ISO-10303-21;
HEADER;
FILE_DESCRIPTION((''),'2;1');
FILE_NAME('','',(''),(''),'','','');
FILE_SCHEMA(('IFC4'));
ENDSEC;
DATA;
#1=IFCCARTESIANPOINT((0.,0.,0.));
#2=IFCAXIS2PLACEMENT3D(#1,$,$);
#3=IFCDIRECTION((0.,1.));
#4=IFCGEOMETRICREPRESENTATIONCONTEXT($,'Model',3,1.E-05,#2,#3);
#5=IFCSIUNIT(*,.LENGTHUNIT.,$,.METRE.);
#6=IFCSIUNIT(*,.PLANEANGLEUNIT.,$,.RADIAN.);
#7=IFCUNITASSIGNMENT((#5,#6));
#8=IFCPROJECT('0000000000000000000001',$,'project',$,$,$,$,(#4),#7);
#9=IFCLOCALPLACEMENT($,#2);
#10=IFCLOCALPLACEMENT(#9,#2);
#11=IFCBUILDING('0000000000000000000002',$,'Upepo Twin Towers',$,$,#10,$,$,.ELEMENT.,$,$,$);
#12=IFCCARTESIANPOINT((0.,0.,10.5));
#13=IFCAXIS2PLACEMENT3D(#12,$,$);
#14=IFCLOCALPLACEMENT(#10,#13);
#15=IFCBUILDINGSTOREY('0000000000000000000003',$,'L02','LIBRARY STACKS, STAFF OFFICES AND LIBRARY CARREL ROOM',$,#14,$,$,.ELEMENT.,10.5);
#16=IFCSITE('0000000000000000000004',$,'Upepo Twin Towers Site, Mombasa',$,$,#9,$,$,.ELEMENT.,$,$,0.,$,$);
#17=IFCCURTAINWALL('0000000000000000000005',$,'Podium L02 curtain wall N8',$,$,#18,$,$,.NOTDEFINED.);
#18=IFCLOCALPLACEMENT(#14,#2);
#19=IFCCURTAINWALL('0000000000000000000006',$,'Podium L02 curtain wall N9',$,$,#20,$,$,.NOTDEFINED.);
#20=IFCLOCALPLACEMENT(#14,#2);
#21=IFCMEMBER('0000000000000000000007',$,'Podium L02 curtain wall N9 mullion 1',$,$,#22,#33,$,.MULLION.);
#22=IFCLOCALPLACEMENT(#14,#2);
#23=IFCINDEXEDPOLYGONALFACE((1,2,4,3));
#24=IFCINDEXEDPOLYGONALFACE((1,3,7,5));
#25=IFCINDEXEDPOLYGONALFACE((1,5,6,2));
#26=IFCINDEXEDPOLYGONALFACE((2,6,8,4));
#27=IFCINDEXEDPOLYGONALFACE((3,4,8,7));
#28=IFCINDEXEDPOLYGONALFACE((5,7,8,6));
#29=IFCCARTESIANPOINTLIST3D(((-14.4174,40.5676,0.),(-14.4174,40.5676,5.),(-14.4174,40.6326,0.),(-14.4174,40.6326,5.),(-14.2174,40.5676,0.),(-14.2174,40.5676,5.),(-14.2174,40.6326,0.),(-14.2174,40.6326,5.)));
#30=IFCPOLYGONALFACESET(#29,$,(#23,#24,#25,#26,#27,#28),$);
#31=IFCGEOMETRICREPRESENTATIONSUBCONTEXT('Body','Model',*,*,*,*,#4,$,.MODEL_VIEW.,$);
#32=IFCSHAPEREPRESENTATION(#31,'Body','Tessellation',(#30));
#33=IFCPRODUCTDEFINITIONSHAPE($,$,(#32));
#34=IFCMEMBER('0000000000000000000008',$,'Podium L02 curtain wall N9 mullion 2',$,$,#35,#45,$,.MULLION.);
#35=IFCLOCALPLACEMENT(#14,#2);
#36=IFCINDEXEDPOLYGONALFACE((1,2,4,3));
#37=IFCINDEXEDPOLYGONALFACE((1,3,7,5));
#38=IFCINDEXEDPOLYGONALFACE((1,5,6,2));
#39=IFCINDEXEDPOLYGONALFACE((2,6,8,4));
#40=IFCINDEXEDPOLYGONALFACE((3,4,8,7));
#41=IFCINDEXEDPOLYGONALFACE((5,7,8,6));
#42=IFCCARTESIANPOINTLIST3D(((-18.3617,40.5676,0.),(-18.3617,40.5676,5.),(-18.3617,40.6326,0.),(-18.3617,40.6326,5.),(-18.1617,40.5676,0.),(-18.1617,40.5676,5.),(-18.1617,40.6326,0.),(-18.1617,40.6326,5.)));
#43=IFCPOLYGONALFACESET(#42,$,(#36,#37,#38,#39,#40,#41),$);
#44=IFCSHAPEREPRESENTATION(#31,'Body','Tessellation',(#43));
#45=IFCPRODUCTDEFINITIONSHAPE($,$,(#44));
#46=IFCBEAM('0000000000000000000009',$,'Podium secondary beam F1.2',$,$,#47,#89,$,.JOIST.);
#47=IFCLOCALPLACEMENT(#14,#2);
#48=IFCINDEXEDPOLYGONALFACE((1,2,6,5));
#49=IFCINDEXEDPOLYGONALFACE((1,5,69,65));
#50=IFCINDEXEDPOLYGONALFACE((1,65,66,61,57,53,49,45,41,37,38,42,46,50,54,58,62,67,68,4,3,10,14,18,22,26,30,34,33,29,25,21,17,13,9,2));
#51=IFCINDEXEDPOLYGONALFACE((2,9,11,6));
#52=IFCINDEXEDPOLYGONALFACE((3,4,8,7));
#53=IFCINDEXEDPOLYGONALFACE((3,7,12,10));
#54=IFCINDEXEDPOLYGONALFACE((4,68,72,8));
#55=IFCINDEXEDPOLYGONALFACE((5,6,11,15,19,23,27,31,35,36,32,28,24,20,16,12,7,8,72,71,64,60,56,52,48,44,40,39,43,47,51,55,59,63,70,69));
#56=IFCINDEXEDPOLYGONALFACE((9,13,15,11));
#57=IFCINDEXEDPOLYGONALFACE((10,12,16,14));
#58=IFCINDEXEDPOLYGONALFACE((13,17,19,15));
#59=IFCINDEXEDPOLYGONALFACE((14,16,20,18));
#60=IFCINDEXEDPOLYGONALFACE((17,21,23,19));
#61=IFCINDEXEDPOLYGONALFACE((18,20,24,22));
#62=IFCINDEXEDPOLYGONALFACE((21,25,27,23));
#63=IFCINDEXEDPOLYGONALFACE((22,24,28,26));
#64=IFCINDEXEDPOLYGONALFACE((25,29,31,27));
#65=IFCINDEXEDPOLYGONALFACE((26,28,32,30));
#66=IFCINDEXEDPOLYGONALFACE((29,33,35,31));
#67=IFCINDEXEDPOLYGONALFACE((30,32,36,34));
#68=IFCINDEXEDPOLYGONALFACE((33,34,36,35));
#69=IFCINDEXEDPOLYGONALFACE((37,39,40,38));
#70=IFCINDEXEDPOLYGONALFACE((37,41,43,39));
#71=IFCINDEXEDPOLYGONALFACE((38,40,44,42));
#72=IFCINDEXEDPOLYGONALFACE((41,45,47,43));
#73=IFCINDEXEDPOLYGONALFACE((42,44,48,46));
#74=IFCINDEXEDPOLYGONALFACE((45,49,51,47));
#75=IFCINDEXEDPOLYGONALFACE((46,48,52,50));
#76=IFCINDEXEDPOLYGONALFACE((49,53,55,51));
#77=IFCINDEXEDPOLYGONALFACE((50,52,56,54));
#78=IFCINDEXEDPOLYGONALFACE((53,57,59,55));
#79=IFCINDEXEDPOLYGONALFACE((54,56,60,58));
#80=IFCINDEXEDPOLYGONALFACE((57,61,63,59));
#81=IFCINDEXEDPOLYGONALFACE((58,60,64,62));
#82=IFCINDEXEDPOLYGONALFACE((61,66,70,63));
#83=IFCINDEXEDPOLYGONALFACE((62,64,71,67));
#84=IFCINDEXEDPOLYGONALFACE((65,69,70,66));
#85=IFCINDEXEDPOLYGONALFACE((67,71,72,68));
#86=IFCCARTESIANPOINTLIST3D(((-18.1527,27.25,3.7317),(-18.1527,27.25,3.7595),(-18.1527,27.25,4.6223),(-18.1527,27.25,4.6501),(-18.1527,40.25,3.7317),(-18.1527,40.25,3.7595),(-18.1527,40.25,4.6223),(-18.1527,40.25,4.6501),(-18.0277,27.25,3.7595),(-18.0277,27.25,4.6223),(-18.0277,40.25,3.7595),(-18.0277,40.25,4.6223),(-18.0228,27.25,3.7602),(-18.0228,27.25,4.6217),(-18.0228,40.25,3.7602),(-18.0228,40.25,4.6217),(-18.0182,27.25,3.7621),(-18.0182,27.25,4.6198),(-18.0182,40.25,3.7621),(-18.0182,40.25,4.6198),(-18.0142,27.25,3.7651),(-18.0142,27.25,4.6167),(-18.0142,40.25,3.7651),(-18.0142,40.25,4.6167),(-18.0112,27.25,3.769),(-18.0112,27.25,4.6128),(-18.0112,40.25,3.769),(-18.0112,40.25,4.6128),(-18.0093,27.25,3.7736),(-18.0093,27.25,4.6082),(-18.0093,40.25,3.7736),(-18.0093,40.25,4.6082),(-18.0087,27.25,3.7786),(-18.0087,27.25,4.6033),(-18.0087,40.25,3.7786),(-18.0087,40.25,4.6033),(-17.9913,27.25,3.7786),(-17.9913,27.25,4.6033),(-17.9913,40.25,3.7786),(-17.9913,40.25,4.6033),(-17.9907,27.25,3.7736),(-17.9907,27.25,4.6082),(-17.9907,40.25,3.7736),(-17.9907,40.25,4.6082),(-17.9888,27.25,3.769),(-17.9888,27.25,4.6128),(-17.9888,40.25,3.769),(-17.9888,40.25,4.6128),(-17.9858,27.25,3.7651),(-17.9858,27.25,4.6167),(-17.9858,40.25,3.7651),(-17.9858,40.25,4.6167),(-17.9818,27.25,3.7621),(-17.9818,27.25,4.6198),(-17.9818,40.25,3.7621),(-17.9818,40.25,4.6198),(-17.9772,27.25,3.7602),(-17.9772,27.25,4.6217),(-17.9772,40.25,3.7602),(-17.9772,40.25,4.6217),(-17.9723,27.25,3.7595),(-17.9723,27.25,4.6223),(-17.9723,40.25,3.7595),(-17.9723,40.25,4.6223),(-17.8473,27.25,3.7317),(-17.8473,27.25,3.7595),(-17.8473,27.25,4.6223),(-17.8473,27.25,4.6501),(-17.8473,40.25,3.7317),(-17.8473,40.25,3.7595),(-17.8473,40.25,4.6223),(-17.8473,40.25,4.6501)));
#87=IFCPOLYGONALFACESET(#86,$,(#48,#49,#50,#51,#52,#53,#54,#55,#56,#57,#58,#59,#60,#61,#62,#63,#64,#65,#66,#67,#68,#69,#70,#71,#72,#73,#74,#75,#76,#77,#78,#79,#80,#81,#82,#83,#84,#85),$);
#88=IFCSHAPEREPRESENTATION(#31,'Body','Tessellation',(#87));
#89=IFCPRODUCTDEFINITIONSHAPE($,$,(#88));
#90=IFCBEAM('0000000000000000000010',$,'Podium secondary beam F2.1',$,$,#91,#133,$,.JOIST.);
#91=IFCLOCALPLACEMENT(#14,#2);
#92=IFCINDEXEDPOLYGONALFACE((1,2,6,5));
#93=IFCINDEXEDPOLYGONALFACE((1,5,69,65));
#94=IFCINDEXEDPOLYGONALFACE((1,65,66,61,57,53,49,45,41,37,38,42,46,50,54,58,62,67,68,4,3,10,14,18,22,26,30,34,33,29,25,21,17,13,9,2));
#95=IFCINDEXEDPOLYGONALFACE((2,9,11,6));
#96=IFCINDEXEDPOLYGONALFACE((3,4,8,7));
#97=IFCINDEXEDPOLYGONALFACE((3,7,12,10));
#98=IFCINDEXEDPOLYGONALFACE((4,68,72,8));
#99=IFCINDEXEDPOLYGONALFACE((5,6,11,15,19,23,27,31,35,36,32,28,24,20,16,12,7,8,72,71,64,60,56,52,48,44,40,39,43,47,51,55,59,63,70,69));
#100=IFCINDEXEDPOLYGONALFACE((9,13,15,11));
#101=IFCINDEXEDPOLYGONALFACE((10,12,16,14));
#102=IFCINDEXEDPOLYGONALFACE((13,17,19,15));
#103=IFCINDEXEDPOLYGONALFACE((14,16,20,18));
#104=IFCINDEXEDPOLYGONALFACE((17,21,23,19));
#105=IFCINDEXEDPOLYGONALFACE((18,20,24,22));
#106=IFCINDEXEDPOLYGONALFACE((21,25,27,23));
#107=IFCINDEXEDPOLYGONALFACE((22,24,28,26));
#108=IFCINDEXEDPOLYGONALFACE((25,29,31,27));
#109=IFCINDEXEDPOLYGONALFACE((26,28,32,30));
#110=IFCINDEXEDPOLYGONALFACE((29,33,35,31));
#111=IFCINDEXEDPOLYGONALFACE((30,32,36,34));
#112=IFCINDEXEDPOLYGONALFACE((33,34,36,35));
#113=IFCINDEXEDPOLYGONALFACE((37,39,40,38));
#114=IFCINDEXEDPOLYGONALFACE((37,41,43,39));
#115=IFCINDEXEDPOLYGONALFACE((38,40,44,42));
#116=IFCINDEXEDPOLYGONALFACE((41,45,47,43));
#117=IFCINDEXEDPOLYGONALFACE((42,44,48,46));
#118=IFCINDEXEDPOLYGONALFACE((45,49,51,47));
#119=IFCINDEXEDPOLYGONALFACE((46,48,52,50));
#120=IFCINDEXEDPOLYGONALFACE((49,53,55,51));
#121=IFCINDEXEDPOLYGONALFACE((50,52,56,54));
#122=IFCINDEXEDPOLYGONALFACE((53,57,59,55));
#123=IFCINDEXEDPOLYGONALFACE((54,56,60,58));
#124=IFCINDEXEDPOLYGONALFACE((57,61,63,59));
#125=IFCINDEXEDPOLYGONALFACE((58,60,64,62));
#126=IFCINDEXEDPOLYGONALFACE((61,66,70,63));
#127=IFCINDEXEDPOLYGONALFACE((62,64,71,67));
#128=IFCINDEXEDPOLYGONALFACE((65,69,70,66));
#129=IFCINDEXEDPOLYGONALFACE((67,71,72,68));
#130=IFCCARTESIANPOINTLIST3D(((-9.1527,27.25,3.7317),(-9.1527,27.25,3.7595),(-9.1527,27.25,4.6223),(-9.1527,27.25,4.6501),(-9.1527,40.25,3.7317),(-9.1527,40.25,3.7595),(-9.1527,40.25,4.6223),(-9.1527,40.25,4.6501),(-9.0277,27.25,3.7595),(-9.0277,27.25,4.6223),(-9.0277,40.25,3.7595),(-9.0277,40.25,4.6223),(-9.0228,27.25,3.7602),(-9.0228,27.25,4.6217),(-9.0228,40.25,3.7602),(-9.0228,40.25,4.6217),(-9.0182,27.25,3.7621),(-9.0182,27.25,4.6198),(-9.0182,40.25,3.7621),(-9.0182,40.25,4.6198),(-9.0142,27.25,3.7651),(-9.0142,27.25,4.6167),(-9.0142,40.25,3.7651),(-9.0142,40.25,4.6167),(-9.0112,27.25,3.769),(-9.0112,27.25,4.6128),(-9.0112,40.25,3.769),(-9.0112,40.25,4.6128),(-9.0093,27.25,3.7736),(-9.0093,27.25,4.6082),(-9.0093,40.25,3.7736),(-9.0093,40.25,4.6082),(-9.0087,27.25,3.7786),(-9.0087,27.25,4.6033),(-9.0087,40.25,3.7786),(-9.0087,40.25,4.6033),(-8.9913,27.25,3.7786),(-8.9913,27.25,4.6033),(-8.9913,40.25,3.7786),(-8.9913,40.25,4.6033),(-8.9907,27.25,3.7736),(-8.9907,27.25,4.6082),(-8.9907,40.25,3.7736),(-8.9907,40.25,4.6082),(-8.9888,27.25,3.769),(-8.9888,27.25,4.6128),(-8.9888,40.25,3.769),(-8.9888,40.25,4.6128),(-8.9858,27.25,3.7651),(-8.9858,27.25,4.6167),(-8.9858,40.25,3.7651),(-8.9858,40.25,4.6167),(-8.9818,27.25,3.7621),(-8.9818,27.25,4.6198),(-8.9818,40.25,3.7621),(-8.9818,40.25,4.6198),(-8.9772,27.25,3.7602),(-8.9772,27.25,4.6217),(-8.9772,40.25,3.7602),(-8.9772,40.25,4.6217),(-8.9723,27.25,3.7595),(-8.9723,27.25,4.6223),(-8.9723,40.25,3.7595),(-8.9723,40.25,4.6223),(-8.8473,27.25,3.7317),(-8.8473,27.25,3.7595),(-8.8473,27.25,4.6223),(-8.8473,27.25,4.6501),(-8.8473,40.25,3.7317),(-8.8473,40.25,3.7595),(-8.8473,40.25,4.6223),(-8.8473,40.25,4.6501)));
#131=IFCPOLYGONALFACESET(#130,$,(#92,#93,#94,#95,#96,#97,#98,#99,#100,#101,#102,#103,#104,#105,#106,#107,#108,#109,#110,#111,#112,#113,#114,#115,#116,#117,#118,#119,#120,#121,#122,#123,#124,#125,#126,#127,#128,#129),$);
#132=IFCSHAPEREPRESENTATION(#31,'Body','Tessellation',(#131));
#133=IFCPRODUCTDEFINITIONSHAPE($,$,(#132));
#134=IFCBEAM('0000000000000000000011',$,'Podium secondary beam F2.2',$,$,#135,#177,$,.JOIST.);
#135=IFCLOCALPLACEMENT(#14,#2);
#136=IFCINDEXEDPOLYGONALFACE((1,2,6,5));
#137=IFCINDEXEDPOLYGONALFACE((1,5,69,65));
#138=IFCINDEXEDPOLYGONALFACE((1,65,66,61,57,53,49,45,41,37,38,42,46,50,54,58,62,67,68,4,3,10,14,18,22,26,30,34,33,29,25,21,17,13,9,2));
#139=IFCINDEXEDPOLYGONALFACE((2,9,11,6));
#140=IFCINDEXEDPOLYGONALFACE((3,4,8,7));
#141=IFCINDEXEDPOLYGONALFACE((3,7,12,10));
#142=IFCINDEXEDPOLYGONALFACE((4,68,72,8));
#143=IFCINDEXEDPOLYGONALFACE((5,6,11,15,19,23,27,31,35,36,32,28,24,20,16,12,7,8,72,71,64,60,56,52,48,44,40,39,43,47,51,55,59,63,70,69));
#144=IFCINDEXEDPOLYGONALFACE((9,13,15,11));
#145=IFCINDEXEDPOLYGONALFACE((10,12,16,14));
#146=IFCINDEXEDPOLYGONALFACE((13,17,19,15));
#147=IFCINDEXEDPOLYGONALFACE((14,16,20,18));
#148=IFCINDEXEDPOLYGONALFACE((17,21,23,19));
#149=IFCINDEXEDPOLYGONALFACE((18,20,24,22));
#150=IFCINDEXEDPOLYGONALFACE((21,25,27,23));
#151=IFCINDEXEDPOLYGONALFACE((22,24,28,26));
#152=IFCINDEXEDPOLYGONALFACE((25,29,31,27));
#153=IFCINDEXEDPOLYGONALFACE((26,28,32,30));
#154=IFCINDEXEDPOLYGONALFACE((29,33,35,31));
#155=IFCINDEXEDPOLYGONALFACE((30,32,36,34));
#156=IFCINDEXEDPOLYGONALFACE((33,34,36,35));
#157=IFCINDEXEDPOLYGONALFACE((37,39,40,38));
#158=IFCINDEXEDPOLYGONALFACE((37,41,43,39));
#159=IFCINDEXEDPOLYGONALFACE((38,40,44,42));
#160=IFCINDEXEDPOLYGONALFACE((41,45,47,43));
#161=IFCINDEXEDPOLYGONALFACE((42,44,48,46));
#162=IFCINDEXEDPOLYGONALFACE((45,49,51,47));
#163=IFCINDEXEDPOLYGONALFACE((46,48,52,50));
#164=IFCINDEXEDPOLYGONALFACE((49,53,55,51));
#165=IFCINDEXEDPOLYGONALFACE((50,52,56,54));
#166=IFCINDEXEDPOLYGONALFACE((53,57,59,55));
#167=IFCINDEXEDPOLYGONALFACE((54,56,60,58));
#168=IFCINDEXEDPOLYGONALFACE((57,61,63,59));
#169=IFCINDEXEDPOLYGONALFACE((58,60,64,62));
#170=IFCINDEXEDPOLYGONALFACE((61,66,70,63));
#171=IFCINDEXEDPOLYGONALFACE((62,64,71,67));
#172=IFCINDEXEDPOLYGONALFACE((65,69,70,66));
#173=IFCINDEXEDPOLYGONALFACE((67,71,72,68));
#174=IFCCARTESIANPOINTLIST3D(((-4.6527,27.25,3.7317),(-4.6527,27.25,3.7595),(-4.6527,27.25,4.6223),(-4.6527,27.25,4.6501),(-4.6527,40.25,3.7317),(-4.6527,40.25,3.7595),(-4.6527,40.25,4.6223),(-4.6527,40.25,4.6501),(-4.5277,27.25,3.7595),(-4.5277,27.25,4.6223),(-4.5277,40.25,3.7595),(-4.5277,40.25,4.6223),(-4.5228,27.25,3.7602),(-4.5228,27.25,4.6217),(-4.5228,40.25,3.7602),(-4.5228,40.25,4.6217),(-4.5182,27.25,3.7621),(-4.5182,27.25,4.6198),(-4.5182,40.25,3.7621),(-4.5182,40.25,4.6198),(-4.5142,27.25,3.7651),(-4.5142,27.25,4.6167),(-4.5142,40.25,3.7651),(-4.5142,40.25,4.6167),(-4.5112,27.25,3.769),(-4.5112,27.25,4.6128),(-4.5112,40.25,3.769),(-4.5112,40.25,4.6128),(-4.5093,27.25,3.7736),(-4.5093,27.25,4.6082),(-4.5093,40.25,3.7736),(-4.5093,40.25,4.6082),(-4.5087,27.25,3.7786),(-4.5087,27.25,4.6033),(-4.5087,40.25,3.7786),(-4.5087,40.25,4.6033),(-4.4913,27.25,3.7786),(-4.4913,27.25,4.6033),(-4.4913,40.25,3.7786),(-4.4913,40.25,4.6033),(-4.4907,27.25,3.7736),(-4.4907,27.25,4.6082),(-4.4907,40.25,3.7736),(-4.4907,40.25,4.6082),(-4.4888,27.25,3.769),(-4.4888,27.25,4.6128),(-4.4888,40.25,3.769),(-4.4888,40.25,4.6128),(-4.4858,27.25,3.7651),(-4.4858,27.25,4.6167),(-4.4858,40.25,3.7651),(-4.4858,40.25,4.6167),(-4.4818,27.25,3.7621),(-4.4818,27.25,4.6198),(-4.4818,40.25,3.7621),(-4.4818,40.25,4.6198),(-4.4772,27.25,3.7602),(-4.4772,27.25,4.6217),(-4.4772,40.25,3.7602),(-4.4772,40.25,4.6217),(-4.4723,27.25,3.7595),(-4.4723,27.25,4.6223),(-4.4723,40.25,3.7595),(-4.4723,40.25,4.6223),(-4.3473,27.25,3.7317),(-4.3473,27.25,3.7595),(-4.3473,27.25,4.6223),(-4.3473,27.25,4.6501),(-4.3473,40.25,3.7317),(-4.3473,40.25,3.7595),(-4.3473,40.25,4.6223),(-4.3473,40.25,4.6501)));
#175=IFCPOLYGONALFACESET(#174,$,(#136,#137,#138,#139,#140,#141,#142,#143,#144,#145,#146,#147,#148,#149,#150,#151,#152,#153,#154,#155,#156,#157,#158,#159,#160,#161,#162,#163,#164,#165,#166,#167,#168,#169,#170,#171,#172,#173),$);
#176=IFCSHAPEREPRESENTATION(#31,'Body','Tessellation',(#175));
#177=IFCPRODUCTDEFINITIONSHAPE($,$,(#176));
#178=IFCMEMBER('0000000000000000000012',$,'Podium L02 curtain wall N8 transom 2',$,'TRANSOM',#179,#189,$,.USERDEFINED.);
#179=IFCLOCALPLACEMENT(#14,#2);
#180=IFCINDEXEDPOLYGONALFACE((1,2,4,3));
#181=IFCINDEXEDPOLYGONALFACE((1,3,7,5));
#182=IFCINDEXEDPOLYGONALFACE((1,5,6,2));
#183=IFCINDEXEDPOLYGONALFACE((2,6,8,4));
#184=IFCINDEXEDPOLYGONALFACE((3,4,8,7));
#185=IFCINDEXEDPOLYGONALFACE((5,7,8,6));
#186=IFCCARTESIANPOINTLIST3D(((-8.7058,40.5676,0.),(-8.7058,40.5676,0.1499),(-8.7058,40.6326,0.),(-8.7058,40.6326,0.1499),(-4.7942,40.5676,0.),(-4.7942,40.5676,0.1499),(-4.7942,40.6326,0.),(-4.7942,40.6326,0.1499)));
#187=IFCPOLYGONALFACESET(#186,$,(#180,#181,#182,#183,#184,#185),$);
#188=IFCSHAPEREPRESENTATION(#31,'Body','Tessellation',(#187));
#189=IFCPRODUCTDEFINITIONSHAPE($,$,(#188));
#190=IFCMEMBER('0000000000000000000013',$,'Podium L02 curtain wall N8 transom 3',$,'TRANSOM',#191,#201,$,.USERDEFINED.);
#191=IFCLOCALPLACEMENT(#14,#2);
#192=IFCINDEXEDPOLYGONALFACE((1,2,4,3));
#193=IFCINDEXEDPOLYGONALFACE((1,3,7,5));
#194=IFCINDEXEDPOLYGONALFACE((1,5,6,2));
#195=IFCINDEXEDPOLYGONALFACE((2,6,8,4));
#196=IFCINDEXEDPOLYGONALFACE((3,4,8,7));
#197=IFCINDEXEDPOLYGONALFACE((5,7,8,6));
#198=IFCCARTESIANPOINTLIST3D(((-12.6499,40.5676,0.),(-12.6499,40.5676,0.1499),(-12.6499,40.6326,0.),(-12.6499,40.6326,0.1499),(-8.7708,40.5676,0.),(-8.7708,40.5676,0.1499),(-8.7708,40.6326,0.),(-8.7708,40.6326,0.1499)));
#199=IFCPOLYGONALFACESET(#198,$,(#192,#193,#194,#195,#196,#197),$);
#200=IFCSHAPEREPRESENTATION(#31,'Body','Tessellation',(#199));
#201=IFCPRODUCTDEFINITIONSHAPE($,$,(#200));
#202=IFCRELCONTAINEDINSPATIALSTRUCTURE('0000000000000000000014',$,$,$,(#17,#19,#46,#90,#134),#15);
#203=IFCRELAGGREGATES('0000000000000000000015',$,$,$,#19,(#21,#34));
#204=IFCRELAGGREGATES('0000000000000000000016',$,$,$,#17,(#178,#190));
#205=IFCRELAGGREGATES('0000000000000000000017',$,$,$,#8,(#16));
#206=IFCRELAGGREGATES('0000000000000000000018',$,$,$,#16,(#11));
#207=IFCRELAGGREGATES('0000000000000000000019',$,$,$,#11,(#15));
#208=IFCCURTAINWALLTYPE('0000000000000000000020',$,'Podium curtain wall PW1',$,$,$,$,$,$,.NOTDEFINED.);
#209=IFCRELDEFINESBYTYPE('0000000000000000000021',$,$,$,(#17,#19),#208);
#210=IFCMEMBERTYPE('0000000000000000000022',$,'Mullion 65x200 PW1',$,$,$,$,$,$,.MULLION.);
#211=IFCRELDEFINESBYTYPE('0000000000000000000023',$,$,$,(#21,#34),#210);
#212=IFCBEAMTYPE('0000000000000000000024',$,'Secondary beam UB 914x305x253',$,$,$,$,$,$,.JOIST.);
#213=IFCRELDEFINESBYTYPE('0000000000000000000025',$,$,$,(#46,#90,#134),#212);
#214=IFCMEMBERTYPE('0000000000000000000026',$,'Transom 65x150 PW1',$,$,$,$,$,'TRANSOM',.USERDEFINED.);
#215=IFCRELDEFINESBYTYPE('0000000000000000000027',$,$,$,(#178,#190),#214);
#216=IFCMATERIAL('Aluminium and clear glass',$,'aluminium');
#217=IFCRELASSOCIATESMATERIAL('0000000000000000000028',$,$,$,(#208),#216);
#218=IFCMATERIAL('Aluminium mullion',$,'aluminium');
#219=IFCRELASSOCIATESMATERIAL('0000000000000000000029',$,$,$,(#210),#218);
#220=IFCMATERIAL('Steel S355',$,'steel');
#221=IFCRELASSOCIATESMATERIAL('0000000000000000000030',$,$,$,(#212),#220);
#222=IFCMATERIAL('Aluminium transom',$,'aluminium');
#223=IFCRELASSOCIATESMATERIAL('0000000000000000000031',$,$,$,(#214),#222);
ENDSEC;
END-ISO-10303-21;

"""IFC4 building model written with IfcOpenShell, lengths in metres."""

from ifc_helpers import new_model, si_unit, direction, frame, origin, origin_2d, place, context, subcontext, project, spatial, rectangle, i_section, extrude, material, material_profile, profile_set, type_object, element, aggregate, save


model = new_model("IFC4")

# Units and contexts
model_context = context("Model", 3, precision=1e-05, world=origin(), true_north=direction((0.0, 1.0)))
body_context = subcontext(model_context, "Body", "Model", "MODEL_VIEW")
ifc_project = project(units=[si_unit("LENGTHUNIT", "METRE"), si_unit("PLANEANGLEUNIT", "RADIAN")], contexts=[model_context])

# Site, building, storey
site_placement = place(None, origin())
site = spatial("IfcSite", under=ifc_project, at=site_placement, Name="Upepo Twin Towers Site, Mombasa", CompositionType="ELEMENT", RefElevation=0.0)
building_placement = place(site_placement, origin())
building = spatial("IfcBuilding", under=site, at=building_placement, Name="Upepo Twin Towers", CompositionType="ELEMENT")
storey_placement = place(building_placement, frame((0.0, 0.0, 10.5)))
storey = spatial("IfcBuildingStorey", under=building, at=storey_placement, Name="L02", Description="LIBRARY STACKS, STAFF OFFICES AND LIBRARY CARREL ROOM", CompositionType="ELEMENT", Elevation=10.5)

# Curtain walls, members
ifc_material_1 = material(Name="Aluminium and clear glass", Category="aluminium")
curtain_wall_type = type_object("IfcCurtainWallType", Name="Podium curtain wall PW1", PredefinedType="NOTDEFINED", material=ifc_material_1)
curtain_wall_1_placement = place(storey_placement, origin())
curtain_wall_1 = element("IfcCurtainWall", 1, at=curtain_wall_1_placement, inside=storey, type_object=curtain_wall_type, Name="Podium L02 curtain wall N8", PredefinedType="NOTDEFINED")
ifc_material_2 = material(Name="Aluminium mullion", Category="aluminium")
ifc_material_profile_1 = material_profile(ifc_material_2, rectangle(XDim=0.0649, YDim=0.2, at=origin_2d()), Name="MULLION 65x200 PODIUM")
ifc_profile_set_1 = profile_set([ifc_material_profile_1], Name="Aluminium mullion")
member_type_1 = type_object("IfcMemberType", Name="Mullion 65x200 PW1", PredefinedType="MULLION", material=ifc_profile_set_1)
curtain_wall_2_placement = place(storey_placement, origin())
curtain_wall_2 = element("IfcCurtainWall", 2, at=curtain_wall_2_placement, inside=storey, type_object=curtain_wall_type, Name="Podium L02 curtain wall N9", PredefinedType="NOTDEFINED")
member_1_placement = place(storey_placement, frame((-14.3174, 40.6001, 0.0), z_axis=(0.0, 0.0, 1.0), x_axis=(0.0, -1.0, 0.0)))
member_1 = element("IfcMember", 3, at=member_1_placement, type_object=member_type_1, Name="Podium L02 curtain wall N9 mullion 1", PredefinedType="MULLION", context=body_context, shape_type="SweptSolid", body=[
    extrude(rectangle(XDim=0.0649, YDim=0.2, at=origin_2d()), origin(), (0.0, 0.0, 1.0), 5.0),
])
member_2_placement = place(storey_placement, frame((-18.2617, 40.6001, 0.0), z_axis=(0.0, 0.0, 1.0), x_axis=(0.0, -1.0, 0.0)))
member_2 = element("IfcMember", 4, at=member_2_placement, type_object=member_type_1, Name="Podium L02 curtain wall N9 mullion 2", PredefinedType="MULLION", context=body_context, shape_type="SweptSolid", body=[
    extrude(rectangle(XDim=0.0649, YDim=0.2, at=origin_2d()), origin(), (0.0, 0.0, 1.0), 5.0),
])

# Beams
ifc_material_3 = material(Name="Steel S355", Category="steel")
ifc_material_profile_2 = material_profile(ifc_material_3, i_section(OverallWidth=0.3054, OverallDepth=0.9185, WebThickness=0.0173, FlangeThickness=0.0278, FilletRadius=0.019, at=origin_2d()), Name="UB 914x305x253")
ifc_profile_set_2 = profile_set([ifc_material_profile_2], Name="Steel S355")
beam_type_1 = type_object("IfcBeamType", Name="Secondary beam UB 914x305x253", PredefinedType="JOIST", material=ifc_profile_set_2)
for number, where, z_axis, x_axis, name in (
    (5, (-18.0, 27.25, 4.1909), (0.0, 1.0, 0.0), (-1.0, 0.0, 0.0), "Podium secondary beam F1.2"),
    (6, (-9.0, 27.25, 4.1909), (0.0, 1.0, 0.0), (-1.0, 0.0, 0.0), "Podium secondary beam F2.1"),
    (7, (-4.5, 27.25, 4.1909), (0.0, 1.0, 0.0), (-1.0, 0.0, 0.0), "Podium secondary beam F2.2"),
):
    element("IfcBeam", number, at=place(storey_placement, frame(where, z_axis=z_axis, x_axis=x_axis)), inside=storey, type_object=beam_type_1, Name=name, PredefinedType="JOIST", context=body_context, shape_type="SweptSolid", body=[
        extrude(i_section(OverallWidth=0.3054, OverallDepth=0.9185, WebThickness=0.0173, FlangeThickness=0.0278, FilletRadius=0.019, at=origin_2d()), origin(), (0.0, 0.0, 1.0), 13.0),
    ])

# Members
ifc_material_4 = material(Name="Aluminium transom", Category="aluminium")
ifc_material_profile_3 = material_profile(ifc_material_4, rectangle(XDim=0.0649, YDim=0.1499, at=origin_2d()), Name="TRANSOM 65x150 PODIUM")
ifc_profile_set_3 = profile_set([ifc_material_profile_3], Name="Aluminium transom")
member_type_2 = type_object("IfcMemberType", Name="Transom 65x150 PW1", ElementType="TRANSOM", PredefinedType="USERDEFINED", material=ifc_profile_set_3)
member_3_placement = place(storey_placement, frame((-4.7942, 40.6001, 0.075), z_axis=(-1.0, 0.0, 0.0), x_axis=(0.0, -1.0, 0.0)))
member_3 = element("IfcMember", 8, at=member_3_placement, type_object=member_type_2, Name="Podium L02 curtain wall N8 transom 2", ObjectType="TRANSOM", PredefinedType="USERDEFINED", context=body_context, shape_type="SweptSolid", body=[
    extrude(rectangle(XDim=0.0649, YDim=0.1499, at=origin_2d()), origin(), (0.0, 0.0, 1.0), 3.9116),
])
member_4_placement = place(storey_placement, frame((-8.7708, 40.6001, 0.075), z_axis=(-1.0, 0.0, 0.0), x_axis=(0.0, -1.0, 0.0)))
member_4 = element("IfcMember", 9, at=member_4_placement, type_object=member_type_2, Name="Podium L02 curtain wall N8 transom 3", ObjectType="TRANSOM", PredefinedType="USERDEFINED", context=body_context, shape_type="SweptSolid", body=[
    extrude(rectangle(XDim=0.0649, YDim=0.1499, at=origin_2d()), origin(), (0.0, 0.0, 1.0), 3.8792),
])

aggregate(curtain_wall_2, [member_1, member_2])
aggregate(curtain_wall_1, [member_3, member_4])

save(model, "model.ifc")
